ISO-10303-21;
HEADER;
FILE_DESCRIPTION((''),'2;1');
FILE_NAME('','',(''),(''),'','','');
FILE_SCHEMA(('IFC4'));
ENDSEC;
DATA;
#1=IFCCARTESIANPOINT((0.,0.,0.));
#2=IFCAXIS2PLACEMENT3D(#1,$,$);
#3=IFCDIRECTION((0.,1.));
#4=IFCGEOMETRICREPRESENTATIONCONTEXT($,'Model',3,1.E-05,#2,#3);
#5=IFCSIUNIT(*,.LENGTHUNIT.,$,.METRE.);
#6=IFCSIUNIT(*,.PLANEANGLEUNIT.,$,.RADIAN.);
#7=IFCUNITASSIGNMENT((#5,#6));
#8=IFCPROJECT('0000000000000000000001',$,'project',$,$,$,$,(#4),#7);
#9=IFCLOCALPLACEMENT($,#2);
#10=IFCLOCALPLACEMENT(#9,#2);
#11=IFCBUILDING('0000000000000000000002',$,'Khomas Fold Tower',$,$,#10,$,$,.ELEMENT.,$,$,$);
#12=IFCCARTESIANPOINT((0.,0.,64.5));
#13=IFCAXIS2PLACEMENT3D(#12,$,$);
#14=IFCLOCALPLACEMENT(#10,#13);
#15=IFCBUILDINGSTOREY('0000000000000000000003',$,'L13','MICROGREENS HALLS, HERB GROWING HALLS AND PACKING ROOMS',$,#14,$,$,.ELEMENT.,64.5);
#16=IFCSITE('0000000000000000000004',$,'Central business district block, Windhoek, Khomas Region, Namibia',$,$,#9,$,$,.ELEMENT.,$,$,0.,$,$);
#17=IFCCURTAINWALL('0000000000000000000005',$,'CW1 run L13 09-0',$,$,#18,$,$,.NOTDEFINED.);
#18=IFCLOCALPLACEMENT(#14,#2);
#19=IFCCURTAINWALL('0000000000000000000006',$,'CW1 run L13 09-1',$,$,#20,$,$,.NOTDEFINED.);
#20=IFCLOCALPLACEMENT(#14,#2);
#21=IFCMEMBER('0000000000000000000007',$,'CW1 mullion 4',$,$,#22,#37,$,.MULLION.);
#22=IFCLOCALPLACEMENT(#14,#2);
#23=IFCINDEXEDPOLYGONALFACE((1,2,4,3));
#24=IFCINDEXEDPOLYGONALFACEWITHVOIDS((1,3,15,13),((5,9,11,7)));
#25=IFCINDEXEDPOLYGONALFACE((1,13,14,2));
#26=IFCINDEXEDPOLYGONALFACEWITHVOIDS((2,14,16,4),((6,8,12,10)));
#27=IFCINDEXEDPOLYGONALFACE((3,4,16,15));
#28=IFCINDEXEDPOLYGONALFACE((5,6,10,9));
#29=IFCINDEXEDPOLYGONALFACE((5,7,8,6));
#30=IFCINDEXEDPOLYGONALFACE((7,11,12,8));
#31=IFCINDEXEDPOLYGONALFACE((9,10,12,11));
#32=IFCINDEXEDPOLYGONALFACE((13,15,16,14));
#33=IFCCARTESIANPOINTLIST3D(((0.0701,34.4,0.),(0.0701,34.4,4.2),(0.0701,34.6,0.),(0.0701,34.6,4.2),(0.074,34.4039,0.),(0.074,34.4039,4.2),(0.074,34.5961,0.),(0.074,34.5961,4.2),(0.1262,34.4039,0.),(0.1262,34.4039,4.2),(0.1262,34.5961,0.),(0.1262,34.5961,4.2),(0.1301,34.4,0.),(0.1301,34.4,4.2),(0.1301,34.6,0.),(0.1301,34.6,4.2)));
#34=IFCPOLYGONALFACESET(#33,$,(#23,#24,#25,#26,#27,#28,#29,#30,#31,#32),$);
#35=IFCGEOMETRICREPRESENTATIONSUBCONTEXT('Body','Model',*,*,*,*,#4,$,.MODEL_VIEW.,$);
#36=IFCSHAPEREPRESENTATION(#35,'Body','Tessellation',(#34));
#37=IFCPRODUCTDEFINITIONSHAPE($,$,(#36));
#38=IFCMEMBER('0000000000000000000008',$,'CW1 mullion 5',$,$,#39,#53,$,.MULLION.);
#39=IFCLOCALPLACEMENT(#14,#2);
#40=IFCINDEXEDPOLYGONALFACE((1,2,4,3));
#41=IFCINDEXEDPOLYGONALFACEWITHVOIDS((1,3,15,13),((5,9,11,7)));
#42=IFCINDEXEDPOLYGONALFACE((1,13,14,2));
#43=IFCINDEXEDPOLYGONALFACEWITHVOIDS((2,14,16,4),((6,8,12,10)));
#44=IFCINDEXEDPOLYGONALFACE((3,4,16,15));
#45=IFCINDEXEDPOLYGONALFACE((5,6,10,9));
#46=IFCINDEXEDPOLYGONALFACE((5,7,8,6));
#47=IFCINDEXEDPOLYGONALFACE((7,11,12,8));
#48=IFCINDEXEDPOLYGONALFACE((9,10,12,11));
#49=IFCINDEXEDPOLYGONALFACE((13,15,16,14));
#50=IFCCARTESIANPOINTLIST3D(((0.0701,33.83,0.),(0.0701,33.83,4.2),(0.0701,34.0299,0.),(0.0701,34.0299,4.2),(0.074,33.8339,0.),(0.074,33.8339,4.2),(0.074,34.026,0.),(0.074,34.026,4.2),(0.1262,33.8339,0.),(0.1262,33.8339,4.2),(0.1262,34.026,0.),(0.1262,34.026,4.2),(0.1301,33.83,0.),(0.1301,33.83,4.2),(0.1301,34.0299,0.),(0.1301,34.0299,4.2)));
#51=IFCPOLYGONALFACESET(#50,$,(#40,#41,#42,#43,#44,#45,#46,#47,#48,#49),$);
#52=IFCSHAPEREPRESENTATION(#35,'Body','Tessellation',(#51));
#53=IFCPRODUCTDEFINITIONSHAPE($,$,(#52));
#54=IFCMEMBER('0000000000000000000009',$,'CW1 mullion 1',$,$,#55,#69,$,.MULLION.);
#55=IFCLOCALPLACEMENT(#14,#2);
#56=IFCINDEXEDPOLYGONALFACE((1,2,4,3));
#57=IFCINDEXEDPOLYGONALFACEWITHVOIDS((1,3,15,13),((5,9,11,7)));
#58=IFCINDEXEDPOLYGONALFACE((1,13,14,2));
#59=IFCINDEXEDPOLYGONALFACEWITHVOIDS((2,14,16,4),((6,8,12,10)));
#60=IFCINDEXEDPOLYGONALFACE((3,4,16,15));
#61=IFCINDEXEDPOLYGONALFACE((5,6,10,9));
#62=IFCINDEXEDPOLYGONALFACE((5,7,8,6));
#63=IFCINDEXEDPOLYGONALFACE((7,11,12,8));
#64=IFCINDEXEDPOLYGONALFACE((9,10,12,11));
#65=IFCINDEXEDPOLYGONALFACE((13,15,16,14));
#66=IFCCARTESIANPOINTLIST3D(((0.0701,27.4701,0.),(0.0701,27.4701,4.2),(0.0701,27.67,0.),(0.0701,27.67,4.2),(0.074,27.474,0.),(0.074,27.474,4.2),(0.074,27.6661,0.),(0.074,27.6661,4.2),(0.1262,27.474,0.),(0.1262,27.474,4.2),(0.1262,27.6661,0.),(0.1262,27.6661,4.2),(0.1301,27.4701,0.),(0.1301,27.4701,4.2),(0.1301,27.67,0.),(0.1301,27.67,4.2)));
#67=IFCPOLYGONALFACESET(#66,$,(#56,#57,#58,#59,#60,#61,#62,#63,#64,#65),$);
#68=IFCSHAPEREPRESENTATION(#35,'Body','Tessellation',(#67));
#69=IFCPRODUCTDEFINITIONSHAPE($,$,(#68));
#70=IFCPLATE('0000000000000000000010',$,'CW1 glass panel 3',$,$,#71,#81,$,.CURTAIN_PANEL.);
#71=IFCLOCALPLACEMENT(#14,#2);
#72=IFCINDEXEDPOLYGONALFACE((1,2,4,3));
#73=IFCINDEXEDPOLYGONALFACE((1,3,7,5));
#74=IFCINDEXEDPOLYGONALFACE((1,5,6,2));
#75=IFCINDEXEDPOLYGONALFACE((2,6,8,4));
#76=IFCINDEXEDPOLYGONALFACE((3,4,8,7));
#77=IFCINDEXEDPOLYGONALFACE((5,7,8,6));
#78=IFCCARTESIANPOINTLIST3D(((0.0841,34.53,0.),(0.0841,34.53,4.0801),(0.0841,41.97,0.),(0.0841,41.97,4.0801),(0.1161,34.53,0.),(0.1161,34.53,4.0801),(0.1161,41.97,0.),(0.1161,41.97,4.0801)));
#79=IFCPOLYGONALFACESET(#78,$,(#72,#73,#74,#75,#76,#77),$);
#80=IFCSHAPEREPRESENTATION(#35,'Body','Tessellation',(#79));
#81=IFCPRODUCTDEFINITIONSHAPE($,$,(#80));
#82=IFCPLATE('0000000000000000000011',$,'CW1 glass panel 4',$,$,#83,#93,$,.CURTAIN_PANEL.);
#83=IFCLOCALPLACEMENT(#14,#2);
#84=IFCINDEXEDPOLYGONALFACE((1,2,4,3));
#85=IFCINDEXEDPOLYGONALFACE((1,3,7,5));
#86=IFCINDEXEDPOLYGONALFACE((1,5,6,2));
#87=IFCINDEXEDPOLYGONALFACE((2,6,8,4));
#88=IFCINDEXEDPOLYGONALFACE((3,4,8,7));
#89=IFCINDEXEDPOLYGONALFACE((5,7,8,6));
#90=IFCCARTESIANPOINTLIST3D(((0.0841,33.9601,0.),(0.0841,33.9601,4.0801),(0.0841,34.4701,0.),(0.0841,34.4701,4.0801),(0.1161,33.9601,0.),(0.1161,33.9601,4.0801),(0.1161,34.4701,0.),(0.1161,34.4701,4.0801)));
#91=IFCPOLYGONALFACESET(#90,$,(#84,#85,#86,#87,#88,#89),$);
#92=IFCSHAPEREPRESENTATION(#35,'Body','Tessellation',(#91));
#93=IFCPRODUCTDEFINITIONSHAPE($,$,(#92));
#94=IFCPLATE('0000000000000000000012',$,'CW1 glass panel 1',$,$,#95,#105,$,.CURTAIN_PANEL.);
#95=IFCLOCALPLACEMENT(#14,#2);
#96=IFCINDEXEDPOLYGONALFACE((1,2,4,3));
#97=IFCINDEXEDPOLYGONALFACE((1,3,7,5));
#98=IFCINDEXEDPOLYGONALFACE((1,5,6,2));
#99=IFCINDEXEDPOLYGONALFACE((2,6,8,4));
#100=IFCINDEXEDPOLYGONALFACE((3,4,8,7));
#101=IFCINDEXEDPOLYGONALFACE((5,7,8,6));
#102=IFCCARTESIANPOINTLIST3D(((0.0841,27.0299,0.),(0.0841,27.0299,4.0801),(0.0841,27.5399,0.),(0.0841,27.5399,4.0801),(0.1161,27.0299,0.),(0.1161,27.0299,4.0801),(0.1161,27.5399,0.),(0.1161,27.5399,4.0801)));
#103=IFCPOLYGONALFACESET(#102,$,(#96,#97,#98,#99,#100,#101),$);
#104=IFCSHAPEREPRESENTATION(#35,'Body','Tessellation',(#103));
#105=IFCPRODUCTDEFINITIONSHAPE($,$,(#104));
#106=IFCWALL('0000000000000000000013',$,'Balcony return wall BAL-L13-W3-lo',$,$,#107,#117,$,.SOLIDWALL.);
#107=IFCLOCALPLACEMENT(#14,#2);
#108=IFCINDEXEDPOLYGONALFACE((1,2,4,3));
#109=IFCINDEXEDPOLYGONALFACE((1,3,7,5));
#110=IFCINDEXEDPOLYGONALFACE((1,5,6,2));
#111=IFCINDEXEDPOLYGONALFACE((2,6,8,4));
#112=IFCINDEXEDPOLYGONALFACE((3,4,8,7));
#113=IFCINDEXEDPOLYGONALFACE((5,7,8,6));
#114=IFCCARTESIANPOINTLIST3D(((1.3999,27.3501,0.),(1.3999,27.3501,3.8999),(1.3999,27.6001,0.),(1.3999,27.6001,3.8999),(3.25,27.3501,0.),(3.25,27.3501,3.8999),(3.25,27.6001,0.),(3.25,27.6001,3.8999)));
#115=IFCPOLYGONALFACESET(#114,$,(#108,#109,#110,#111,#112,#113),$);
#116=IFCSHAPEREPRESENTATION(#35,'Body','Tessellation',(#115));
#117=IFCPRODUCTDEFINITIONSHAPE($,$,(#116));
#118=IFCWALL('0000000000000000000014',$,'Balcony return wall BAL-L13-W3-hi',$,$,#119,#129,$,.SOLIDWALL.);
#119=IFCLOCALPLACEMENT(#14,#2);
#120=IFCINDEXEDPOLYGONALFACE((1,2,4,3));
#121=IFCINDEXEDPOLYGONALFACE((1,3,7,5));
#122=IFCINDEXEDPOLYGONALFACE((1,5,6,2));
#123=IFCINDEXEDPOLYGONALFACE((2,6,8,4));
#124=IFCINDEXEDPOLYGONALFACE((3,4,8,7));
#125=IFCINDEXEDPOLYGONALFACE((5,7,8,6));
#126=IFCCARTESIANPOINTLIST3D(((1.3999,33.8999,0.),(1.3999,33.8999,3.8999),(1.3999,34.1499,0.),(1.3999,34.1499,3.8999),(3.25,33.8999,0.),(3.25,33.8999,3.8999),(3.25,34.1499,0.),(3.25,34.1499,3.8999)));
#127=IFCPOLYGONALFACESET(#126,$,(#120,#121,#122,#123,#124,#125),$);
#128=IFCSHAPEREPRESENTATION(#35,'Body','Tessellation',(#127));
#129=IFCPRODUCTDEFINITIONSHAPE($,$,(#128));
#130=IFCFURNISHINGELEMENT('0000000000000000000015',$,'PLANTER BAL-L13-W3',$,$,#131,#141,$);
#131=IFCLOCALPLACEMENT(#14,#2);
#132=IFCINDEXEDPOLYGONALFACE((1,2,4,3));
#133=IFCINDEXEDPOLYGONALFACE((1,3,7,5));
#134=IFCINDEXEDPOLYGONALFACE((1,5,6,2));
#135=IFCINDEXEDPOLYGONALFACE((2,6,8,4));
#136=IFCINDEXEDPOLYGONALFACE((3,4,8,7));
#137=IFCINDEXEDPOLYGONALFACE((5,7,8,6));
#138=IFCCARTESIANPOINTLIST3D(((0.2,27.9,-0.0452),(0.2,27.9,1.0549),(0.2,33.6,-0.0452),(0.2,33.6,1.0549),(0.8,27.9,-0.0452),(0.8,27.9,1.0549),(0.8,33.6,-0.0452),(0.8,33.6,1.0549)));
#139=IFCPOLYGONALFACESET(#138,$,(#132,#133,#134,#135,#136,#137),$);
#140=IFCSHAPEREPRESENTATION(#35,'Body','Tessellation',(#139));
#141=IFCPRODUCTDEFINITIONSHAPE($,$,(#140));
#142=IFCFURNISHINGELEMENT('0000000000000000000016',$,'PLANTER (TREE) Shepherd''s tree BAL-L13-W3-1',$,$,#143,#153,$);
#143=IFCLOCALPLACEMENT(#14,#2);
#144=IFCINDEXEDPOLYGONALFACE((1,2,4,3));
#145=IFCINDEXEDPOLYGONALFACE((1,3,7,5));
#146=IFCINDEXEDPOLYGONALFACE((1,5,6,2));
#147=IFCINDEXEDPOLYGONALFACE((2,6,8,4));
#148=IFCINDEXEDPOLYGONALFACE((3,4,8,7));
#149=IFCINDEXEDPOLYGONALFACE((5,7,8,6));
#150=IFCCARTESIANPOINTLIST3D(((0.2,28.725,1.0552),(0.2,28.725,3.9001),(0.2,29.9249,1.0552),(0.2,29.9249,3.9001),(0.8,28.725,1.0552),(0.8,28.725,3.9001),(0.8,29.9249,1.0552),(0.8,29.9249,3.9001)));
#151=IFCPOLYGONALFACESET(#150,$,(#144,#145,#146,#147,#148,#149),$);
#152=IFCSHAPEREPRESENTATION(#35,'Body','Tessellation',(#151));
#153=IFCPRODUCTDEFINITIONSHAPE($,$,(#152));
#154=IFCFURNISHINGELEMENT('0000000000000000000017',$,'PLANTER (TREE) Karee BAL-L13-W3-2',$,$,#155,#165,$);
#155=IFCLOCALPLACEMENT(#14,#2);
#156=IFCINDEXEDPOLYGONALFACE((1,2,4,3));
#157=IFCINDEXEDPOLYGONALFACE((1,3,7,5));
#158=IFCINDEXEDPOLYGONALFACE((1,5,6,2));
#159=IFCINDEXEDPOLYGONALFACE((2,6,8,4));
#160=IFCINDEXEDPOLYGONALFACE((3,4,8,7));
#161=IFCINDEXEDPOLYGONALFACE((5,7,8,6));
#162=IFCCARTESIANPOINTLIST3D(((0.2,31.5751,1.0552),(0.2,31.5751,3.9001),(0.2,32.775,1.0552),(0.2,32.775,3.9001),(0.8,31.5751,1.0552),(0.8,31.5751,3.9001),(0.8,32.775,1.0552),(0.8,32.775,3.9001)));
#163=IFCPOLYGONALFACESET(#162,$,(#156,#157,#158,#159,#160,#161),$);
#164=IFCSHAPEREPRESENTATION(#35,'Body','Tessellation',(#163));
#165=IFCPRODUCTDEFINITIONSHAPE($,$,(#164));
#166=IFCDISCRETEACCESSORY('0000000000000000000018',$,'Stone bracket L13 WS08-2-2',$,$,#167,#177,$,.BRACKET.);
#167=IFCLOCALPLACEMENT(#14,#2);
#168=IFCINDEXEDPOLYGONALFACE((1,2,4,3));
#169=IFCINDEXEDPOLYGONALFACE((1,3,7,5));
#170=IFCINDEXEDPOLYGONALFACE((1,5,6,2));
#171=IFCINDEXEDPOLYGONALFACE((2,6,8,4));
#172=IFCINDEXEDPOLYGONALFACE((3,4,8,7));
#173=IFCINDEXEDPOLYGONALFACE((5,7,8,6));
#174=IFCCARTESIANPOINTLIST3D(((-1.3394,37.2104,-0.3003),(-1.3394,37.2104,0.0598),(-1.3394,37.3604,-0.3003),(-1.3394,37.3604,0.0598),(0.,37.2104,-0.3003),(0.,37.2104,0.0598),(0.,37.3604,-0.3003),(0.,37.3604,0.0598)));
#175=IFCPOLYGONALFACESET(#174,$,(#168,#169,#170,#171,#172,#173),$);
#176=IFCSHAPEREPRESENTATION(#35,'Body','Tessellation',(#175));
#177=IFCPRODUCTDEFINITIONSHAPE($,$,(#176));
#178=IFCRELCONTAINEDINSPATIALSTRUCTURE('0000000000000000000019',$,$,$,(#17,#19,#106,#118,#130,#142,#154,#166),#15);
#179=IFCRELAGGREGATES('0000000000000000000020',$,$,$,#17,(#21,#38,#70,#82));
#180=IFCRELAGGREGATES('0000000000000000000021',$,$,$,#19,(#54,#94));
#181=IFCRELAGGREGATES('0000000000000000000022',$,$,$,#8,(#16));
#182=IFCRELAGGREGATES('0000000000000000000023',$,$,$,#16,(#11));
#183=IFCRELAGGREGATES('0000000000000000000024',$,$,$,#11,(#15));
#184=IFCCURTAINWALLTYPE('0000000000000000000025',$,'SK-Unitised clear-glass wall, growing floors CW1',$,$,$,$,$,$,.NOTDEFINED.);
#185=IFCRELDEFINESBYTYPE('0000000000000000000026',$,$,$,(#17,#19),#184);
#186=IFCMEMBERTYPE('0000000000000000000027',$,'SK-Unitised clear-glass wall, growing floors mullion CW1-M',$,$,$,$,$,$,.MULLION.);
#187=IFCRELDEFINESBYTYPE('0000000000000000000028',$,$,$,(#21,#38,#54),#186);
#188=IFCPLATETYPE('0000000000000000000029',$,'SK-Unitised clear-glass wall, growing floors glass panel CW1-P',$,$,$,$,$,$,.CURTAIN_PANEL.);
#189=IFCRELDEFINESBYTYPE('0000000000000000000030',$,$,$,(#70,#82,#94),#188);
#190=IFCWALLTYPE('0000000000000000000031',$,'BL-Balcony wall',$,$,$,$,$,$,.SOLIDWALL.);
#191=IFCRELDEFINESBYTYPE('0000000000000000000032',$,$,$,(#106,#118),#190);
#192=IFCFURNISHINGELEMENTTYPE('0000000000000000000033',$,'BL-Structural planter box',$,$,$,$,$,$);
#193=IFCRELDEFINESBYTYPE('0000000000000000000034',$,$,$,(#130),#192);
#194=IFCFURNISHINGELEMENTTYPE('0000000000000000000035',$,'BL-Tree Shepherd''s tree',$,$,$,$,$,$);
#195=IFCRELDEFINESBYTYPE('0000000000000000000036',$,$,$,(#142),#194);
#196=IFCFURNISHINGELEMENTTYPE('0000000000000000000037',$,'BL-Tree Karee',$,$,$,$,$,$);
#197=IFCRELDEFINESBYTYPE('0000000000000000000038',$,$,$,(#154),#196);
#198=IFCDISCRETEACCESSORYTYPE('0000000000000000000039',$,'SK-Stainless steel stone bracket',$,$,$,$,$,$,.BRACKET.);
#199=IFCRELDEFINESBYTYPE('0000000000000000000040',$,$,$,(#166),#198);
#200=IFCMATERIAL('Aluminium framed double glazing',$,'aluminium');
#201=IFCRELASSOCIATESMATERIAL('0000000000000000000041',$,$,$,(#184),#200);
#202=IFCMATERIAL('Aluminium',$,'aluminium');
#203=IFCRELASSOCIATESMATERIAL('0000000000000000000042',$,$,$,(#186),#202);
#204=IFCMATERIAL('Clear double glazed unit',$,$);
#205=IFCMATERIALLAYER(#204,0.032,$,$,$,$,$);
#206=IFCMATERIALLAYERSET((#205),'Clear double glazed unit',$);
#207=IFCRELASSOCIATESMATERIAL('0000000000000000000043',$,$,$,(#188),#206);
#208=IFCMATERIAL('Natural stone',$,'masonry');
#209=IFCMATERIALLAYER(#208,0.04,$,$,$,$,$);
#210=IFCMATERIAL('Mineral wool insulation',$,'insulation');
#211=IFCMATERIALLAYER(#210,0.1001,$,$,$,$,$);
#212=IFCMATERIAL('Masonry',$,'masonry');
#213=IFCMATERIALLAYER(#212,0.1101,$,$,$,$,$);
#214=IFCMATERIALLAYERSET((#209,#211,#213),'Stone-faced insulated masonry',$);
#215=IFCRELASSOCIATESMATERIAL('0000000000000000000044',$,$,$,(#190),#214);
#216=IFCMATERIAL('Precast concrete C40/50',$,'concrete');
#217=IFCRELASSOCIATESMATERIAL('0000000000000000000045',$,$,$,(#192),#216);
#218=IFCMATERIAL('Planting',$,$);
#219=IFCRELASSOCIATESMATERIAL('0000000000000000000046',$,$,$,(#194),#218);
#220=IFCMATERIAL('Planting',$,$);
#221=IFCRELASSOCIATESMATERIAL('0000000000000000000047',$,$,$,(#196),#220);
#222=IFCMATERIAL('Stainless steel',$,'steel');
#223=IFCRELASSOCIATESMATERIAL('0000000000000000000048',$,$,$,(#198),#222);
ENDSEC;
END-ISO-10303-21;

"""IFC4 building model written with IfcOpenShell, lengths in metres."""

from ifc_helpers import new_model, si_unit, direction, frame, frame_2d, origin, origin_2d, place, context, subcontext, project, spatial, rectangle, hollow_rectangle, extrude, source, transform, mapped, material, layer, layer_set, material_profile, profile_set, type_object, element, aggregate, save


model = new_model("IFC4")

# Units and contexts
model_context = context("Model", 3, precision=1e-05, world=origin(), true_north=direction((0.0, 1.0)))
body_context = subcontext(model_context, "Body", "Model", "MODEL_VIEW")
ifc_project = project(units=[si_unit("LENGTHUNIT", "METRE"), si_unit("PLANEANGLEUNIT", "RADIAN")], contexts=[model_context])

# Site, building, storey
site_placement = place(None, origin())
site = spatial("IfcSite", under=ifc_project, at=site_placement, Name="Central business district block, Windhoek, Khomas Region, Namibia", CompositionType="ELEMENT", RefElevation=0.0)
building_placement = place(site_placement, origin())
building = spatial("IfcBuilding", under=site, at=building_placement, Name="Khomas Fold Tower", CompositionType="ELEMENT")
storey_placement = place(building_placement, frame((0.0, 0.0, 64.5)))
storey = spatial("IfcBuildingStorey", under=building, at=storey_placement, Name="L13", Description="MICROGREENS HALLS, HERB GROWING HALLS AND PACKING ROOMS", CompositionType="ELEMENT", Elevation=64.5)

# Curtain wall
ifc_material_1 = material(Name="Aluminium framed double glazing", Category="aluminium")
curtain_wall_type = type_object("IfcCurtainWallType", Name="SK-Unitised clear-glass wall, growing floors CW1", PredefinedType="NOTDEFINED", material=ifc_material_1)
curtain_wall_1_placement = place(storey_placement, origin())
curtain_wall_1 = element("IfcCurtainWall", 1, at=curtain_wall_1_placement, inside=storey, type_object=curtain_wall_type, Name="CW1 run L13 09-0", PredefinedType="NOTDEFINED")

# Curtain wall
curtain_wall_2_placement = place(storey_placement, origin())
curtain_wall_2 = element("IfcCurtainWall", 2, at=curtain_wall_2_placement, inside=storey, type_object=curtain_wall_type, Name="CW1 run L13 09-1", PredefinedType="NOTDEFINED")

# Members
ifc_material_2 = material(Name="Aluminium", Category="aluminium")
ifc_material_profile_1 = material_profile(ifc_material_2, hollow_rectangle(XDim=0.0601, YDim=0.2, WallThickness=0.0039, at=origin_2d()), Name="SK-Unitised clear-glass wall, growing floors mullion CW1-M")
ifc_profile_set_1 = profile_set([ifc_material_profile_1], Name="Aluminium")
member_type_1 = type_object("IfcMemberType", Name="SK-Unitised clear-glass wall, growing floors mullion CW1-M", PredefinedType="MULLION", material=ifc_profile_set_1)
shared_shape_1 = source(origin(), body_context, "Body", "SweptSolid", [
    extrude(hollow_rectangle(XDim=0.0601, YDim=0.2, WallThickness=0.0039, at=origin_2d()), origin(), (0.0, 0.0, 1.0), 4.2),
])
member_1_placement = place(storey_placement, frame((0.1001, 34.5, 0.0), z_axis=(0.0, 0.0, 1.0), x_axis=(1.0, 0.0, 0.0)))
member_1 = element("IfcMember", 3, at=member_1_placement, type_object=member_type_1, Name="CW1 mullion 4", PredefinedType="MULLION", context=body_context, shape_type="MappedRepresentation", body=[
    mapped(shared_shape_1, transform((0.0, 0.0, 0.0))),
])
member_2_placement = place(storey_placement, frame((0.1001, 33.9299, 0.0), z_axis=(0.0, 0.0, 1.0), x_axis=(1.0, 0.0, 0.0)))
member_2 = element("IfcMember", 4, at=member_2_placement, type_object=member_type_1, Name="CW1 mullion 5", PredefinedType="MULLION", context=body_context, shape_type="MappedRepresentation", body=[
    mapped(shared_shape_1, transform((0.0, 0.0, 0.0))),
])
member_3_placement = place(storey_placement, frame((0.1001, 27.5701, 0.0), z_axis=(0.0, 0.0, 1.0), x_axis=(1.0, 0.0, 0.0)))
member_3 = element("IfcMember", 5, at=member_3_placement, type_object=member_type_1, Name="CW1 mullion 1", PredefinedType="MULLION", context=body_context, shape_type="MappedRepresentation", body=[
    mapped(shared_shape_1, transform((0.0, 0.0, 0.0))),
])

# Plates
ifc_material_3 = material(Name="Clear double glazed unit")
ifc_layer_1 = layer(ifc_material_3, 0.032)
ifc_layer_set_1 = layer_set([ifc_layer_1], Name="Clear double glazed unit")
plate_type = type_object("IfcPlateType", Name="SK-Unitised clear-glass wall, growing floors glass panel CW1-P", PredefinedType="CURTAIN_PANEL", material=ifc_layer_set_1)
shared_shape_2 = source(origin(), body_context, "Body", "SweptSolid", [
    extrude(rectangle(XDim=7.4399, YDim=0.032, at=origin_2d()), origin(), (0.0, 0.0, 1.0), 4.0801),
])
plate_1_placement = place(storey_placement, frame((0.1001, 38.25, 0.0), z_axis=(0.0, 0.0, 1.0), x_axis=(0.0, -1.0, 0.0)))
plate_1 = element("IfcPlate", 6, at=plate_1_placement, type_object=plate_type, Name="CW1 glass panel 3", PredefinedType="CURTAIN_PANEL", context=body_context, shape_type="MappedRepresentation", body=[
    mapped(shared_shape_2, transform((0.0, 0.0, 0.0))),
])
shared_shape_3 = source(origin(), body_context, "Body", "SweptSolid", [
    extrude(rectangle(XDim=0.51, YDim=0.032, at=origin_2d()), origin(), (0.0, 0.0, 1.0), 4.0801),
])
plate_2_placement = place(storey_placement, frame((0.1001, 34.2151, 0.0), z_axis=(0.0, 0.0, 1.0), x_axis=(0.0, -1.0, 0.0)))
plate_2 = element("IfcPlate", 7, at=plate_2_placement, type_object=plate_type, Name="CW1 glass panel 4", PredefinedType="CURTAIN_PANEL", context=body_context, shape_type="MappedRepresentation", body=[
    mapped(shared_shape_3, transform((0.0, 0.0, 0.0))),
])
aggregate(curtain_wall_1, [member_1, member_2, plate_1, plate_2])
plate_3_placement = place(storey_placement, frame((0.1001, 27.2849, 0.0), z_axis=(0.0, 0.0, 1.0), x_axis=(0.0, -1.0, 0.0)))
plate_3 = element("IfcPlate", 8, at=plate_3_placement, type_object=plate_type, Name="CW1 glass panel 1", PredefinedType="CURTAIN_PANEL", context=body_context, shape_type="MappedRepresentation", body=[
    mapped(shared_shape_3, transform((0.0, 0.0, 0.0))),
])
aggregate(curtain_wall_2, [member_3, plate_3])

# Walls
ifc_material_4 = material(Name="Natural stone", Category="masonry")
ifc_layer_2 = layer(ifc_material_4, 0.04)
ifc_material_5 = material(Name="Mineral wool insulation", Category="insulation")
ifc_layer_3 = layer(ifc_material_5, 0.1001)
ifc_material_6 = material(Name="Masonry", Category="masonry")
ifc_layer_4 = layer(ifc_material_6, 0.1101)
ifc_layer_set_2 = layer_set([ifc_layer_2, ifc_layer_3, ifc_layer_4], Name="Stone-faced insulated masonry")
wall_type = type_object("IfcWallType", Name="BL-Balcony wall", PredefinedType="SOLIDWALL", material=ifc_layer_set_2)
shared_shape_4 = source(origin(), body_context, "Body", "SweptSolid", [
    extrude(rectangle(XDim=1.8501, YDim=0.25, at=frame_2d((0.925, 0.0))), origin(), (0.0, 0.0, 1.0), 3.8999),
])
for number, where, z_axis, x_axis, name in (
    (9, (1.3999, 27.4751, 0.0), (0.0, 0.0, 1.0), (1.0, 0.0, 0.0), "Balcony return wall BAL-L13-W3-lo"),
    (10, (1.3999, 34.0249, 0.0), (0.0, 0.0, 1.0), (1.0, 0.0, 0.0), "Balcony return wall BAL-L13-W3-hi"),
):
    element("IfcWall", number, at=place(storey_placement, frame(where, z_axis=z_axis, x_axis=x_axis)), inside=storey, type_object=wall_type, Name=name, PredefinedType="SOLIDWALL", context=body_context, shape_type="MappedRepresentation", body=[
        mapped(shared_shape_4, transform((0.0, 0.0, 0.0))),
    ])

# Furnishing elements
ifc_material_7 = material(Name="Precast concrete C40/50", Category="concrete")
furnishing_element_type_1 = type_object("IfcFurnishingElementType", Name="BL-Structural planter box", material=ifc_material_7)
shared_shape_5 = source(origin(), body_context, "Body", "SweptSolid", [
    extrude(rectangle(XDim=5.7, YDim=0.6001, at=origin_2d()), origin(), (0.0, 0.0, 1.0), 1.1001),
])
furnishing_1_placement = place(storey_placement, frame((0.5, 30.75, -0.0452), z_axis=(0.0, 0.0, 1.0), x_axis=(0.0, 1.0, 0.0)))
element("IfcFurnishingElement", 11, at=furnishing_1_placement, inside=storey, type_object=furnishing_element_type_1, Name="PLANTER BAL-L13-W3", context=body_context, shape_type="MappedRepresentation", body=[
    mapped(shared_shape_5, transform((0.0, 0.0, 0.0))),
])
ifc_material_8 = material(Name="Planting")
furnishing_element_type_2 = type_object("IfcFurnishingElementType", Name="BL-Tree Shepherd's tree", material=ifc_material_8)
shared_shape_6 = source(origin(), body_context, "Body", "SweptSolid", [
    extrude(rectangle(XDim=1.2, YDim=0.6001, at=origin_2d()), origin(), (0.0, 0.0, 1.0), 2.845),
])
furnishing_2_placement = place(storey_placement, frame((0.5, 29.325, 1.0552), z_axis=(0.0, 0.0, 1.0), x_axis=(0.0, 1.0, 0.0)))
element("IfcFurnishingElement", 12, at=furnishing_2_placement, inside=storey, type_object=furnishing_element_type_2, Name="PLANTER (TREE) Shepherd's tree BAL-L13-W3-1", context=body_context, shape_type="MappedRepresentation", body=[
    mapped(shared_shape_6, transform((0.0, 0.0, 0.0))),
])
ifc_material_9 = material(Name="Planting")
furnishing_element_type_3 = type_object("IfcFurnishingElementType", Name="BL-Tree Karee", material=ifc_material_9)
furnishing_3_placement = place(storey_placement, frame((0.5, 32.175, 1.0552), z_axis=(0.0, 0.0, 1.0), x_axis=(0.0, 1.0, 0.0)))
element("IfcFurnishingElement", 13, at=furnishing_3_placement, inside=storey, type_object=furnishing_element_type_3, Name="PLANTER (TREE) Karee BAL-L13-W3-2", context=body_context, shape_type="MappedRepresentation", body=[
    mapped(shared_shape_6, transform((0.0, 0.0, 0.0))),
])

# Discrete accessory
ifc_material_10 = material(Name="Stainless steel", Category="steel")
discrete_accessory_type = type_object("IfcDiscreteAccessoryType", Name="SK-Stainless steel stone bracket", PredefinedType="BRACKET", material=ifc_material_10)
shared_shape_7 = source(origin(), body_context, "Body", "SweptSolid", [
    extrude(rectangle(XDim=1.3394, YDim=0.1499, at=origin_2d()), origin(), (0.0, 0.0, 1.0), 0.3601),
])
discrete_accessory_placement = place(storey_placement, frame((-0.6697, 37.2854, -0.3003), z_axis=(0.0, 0.0, 1.0), x_axis=(-1.0, 0.0, 0.0)))
element("IfcDiscreteAccessory", 14, at=discrete_accessory_placement, inside=storey, type_object=discrete_accessory_type, Name="Stone bracket L13 WS08-2-2", PredefinedType="BRACKET", context=body_context, shape_type="MappedRepresentation", body=[
    mapped(shared_shape_7, transform((0.0, 0.0, 0.0))),
])

save(model, "model.ifc")
